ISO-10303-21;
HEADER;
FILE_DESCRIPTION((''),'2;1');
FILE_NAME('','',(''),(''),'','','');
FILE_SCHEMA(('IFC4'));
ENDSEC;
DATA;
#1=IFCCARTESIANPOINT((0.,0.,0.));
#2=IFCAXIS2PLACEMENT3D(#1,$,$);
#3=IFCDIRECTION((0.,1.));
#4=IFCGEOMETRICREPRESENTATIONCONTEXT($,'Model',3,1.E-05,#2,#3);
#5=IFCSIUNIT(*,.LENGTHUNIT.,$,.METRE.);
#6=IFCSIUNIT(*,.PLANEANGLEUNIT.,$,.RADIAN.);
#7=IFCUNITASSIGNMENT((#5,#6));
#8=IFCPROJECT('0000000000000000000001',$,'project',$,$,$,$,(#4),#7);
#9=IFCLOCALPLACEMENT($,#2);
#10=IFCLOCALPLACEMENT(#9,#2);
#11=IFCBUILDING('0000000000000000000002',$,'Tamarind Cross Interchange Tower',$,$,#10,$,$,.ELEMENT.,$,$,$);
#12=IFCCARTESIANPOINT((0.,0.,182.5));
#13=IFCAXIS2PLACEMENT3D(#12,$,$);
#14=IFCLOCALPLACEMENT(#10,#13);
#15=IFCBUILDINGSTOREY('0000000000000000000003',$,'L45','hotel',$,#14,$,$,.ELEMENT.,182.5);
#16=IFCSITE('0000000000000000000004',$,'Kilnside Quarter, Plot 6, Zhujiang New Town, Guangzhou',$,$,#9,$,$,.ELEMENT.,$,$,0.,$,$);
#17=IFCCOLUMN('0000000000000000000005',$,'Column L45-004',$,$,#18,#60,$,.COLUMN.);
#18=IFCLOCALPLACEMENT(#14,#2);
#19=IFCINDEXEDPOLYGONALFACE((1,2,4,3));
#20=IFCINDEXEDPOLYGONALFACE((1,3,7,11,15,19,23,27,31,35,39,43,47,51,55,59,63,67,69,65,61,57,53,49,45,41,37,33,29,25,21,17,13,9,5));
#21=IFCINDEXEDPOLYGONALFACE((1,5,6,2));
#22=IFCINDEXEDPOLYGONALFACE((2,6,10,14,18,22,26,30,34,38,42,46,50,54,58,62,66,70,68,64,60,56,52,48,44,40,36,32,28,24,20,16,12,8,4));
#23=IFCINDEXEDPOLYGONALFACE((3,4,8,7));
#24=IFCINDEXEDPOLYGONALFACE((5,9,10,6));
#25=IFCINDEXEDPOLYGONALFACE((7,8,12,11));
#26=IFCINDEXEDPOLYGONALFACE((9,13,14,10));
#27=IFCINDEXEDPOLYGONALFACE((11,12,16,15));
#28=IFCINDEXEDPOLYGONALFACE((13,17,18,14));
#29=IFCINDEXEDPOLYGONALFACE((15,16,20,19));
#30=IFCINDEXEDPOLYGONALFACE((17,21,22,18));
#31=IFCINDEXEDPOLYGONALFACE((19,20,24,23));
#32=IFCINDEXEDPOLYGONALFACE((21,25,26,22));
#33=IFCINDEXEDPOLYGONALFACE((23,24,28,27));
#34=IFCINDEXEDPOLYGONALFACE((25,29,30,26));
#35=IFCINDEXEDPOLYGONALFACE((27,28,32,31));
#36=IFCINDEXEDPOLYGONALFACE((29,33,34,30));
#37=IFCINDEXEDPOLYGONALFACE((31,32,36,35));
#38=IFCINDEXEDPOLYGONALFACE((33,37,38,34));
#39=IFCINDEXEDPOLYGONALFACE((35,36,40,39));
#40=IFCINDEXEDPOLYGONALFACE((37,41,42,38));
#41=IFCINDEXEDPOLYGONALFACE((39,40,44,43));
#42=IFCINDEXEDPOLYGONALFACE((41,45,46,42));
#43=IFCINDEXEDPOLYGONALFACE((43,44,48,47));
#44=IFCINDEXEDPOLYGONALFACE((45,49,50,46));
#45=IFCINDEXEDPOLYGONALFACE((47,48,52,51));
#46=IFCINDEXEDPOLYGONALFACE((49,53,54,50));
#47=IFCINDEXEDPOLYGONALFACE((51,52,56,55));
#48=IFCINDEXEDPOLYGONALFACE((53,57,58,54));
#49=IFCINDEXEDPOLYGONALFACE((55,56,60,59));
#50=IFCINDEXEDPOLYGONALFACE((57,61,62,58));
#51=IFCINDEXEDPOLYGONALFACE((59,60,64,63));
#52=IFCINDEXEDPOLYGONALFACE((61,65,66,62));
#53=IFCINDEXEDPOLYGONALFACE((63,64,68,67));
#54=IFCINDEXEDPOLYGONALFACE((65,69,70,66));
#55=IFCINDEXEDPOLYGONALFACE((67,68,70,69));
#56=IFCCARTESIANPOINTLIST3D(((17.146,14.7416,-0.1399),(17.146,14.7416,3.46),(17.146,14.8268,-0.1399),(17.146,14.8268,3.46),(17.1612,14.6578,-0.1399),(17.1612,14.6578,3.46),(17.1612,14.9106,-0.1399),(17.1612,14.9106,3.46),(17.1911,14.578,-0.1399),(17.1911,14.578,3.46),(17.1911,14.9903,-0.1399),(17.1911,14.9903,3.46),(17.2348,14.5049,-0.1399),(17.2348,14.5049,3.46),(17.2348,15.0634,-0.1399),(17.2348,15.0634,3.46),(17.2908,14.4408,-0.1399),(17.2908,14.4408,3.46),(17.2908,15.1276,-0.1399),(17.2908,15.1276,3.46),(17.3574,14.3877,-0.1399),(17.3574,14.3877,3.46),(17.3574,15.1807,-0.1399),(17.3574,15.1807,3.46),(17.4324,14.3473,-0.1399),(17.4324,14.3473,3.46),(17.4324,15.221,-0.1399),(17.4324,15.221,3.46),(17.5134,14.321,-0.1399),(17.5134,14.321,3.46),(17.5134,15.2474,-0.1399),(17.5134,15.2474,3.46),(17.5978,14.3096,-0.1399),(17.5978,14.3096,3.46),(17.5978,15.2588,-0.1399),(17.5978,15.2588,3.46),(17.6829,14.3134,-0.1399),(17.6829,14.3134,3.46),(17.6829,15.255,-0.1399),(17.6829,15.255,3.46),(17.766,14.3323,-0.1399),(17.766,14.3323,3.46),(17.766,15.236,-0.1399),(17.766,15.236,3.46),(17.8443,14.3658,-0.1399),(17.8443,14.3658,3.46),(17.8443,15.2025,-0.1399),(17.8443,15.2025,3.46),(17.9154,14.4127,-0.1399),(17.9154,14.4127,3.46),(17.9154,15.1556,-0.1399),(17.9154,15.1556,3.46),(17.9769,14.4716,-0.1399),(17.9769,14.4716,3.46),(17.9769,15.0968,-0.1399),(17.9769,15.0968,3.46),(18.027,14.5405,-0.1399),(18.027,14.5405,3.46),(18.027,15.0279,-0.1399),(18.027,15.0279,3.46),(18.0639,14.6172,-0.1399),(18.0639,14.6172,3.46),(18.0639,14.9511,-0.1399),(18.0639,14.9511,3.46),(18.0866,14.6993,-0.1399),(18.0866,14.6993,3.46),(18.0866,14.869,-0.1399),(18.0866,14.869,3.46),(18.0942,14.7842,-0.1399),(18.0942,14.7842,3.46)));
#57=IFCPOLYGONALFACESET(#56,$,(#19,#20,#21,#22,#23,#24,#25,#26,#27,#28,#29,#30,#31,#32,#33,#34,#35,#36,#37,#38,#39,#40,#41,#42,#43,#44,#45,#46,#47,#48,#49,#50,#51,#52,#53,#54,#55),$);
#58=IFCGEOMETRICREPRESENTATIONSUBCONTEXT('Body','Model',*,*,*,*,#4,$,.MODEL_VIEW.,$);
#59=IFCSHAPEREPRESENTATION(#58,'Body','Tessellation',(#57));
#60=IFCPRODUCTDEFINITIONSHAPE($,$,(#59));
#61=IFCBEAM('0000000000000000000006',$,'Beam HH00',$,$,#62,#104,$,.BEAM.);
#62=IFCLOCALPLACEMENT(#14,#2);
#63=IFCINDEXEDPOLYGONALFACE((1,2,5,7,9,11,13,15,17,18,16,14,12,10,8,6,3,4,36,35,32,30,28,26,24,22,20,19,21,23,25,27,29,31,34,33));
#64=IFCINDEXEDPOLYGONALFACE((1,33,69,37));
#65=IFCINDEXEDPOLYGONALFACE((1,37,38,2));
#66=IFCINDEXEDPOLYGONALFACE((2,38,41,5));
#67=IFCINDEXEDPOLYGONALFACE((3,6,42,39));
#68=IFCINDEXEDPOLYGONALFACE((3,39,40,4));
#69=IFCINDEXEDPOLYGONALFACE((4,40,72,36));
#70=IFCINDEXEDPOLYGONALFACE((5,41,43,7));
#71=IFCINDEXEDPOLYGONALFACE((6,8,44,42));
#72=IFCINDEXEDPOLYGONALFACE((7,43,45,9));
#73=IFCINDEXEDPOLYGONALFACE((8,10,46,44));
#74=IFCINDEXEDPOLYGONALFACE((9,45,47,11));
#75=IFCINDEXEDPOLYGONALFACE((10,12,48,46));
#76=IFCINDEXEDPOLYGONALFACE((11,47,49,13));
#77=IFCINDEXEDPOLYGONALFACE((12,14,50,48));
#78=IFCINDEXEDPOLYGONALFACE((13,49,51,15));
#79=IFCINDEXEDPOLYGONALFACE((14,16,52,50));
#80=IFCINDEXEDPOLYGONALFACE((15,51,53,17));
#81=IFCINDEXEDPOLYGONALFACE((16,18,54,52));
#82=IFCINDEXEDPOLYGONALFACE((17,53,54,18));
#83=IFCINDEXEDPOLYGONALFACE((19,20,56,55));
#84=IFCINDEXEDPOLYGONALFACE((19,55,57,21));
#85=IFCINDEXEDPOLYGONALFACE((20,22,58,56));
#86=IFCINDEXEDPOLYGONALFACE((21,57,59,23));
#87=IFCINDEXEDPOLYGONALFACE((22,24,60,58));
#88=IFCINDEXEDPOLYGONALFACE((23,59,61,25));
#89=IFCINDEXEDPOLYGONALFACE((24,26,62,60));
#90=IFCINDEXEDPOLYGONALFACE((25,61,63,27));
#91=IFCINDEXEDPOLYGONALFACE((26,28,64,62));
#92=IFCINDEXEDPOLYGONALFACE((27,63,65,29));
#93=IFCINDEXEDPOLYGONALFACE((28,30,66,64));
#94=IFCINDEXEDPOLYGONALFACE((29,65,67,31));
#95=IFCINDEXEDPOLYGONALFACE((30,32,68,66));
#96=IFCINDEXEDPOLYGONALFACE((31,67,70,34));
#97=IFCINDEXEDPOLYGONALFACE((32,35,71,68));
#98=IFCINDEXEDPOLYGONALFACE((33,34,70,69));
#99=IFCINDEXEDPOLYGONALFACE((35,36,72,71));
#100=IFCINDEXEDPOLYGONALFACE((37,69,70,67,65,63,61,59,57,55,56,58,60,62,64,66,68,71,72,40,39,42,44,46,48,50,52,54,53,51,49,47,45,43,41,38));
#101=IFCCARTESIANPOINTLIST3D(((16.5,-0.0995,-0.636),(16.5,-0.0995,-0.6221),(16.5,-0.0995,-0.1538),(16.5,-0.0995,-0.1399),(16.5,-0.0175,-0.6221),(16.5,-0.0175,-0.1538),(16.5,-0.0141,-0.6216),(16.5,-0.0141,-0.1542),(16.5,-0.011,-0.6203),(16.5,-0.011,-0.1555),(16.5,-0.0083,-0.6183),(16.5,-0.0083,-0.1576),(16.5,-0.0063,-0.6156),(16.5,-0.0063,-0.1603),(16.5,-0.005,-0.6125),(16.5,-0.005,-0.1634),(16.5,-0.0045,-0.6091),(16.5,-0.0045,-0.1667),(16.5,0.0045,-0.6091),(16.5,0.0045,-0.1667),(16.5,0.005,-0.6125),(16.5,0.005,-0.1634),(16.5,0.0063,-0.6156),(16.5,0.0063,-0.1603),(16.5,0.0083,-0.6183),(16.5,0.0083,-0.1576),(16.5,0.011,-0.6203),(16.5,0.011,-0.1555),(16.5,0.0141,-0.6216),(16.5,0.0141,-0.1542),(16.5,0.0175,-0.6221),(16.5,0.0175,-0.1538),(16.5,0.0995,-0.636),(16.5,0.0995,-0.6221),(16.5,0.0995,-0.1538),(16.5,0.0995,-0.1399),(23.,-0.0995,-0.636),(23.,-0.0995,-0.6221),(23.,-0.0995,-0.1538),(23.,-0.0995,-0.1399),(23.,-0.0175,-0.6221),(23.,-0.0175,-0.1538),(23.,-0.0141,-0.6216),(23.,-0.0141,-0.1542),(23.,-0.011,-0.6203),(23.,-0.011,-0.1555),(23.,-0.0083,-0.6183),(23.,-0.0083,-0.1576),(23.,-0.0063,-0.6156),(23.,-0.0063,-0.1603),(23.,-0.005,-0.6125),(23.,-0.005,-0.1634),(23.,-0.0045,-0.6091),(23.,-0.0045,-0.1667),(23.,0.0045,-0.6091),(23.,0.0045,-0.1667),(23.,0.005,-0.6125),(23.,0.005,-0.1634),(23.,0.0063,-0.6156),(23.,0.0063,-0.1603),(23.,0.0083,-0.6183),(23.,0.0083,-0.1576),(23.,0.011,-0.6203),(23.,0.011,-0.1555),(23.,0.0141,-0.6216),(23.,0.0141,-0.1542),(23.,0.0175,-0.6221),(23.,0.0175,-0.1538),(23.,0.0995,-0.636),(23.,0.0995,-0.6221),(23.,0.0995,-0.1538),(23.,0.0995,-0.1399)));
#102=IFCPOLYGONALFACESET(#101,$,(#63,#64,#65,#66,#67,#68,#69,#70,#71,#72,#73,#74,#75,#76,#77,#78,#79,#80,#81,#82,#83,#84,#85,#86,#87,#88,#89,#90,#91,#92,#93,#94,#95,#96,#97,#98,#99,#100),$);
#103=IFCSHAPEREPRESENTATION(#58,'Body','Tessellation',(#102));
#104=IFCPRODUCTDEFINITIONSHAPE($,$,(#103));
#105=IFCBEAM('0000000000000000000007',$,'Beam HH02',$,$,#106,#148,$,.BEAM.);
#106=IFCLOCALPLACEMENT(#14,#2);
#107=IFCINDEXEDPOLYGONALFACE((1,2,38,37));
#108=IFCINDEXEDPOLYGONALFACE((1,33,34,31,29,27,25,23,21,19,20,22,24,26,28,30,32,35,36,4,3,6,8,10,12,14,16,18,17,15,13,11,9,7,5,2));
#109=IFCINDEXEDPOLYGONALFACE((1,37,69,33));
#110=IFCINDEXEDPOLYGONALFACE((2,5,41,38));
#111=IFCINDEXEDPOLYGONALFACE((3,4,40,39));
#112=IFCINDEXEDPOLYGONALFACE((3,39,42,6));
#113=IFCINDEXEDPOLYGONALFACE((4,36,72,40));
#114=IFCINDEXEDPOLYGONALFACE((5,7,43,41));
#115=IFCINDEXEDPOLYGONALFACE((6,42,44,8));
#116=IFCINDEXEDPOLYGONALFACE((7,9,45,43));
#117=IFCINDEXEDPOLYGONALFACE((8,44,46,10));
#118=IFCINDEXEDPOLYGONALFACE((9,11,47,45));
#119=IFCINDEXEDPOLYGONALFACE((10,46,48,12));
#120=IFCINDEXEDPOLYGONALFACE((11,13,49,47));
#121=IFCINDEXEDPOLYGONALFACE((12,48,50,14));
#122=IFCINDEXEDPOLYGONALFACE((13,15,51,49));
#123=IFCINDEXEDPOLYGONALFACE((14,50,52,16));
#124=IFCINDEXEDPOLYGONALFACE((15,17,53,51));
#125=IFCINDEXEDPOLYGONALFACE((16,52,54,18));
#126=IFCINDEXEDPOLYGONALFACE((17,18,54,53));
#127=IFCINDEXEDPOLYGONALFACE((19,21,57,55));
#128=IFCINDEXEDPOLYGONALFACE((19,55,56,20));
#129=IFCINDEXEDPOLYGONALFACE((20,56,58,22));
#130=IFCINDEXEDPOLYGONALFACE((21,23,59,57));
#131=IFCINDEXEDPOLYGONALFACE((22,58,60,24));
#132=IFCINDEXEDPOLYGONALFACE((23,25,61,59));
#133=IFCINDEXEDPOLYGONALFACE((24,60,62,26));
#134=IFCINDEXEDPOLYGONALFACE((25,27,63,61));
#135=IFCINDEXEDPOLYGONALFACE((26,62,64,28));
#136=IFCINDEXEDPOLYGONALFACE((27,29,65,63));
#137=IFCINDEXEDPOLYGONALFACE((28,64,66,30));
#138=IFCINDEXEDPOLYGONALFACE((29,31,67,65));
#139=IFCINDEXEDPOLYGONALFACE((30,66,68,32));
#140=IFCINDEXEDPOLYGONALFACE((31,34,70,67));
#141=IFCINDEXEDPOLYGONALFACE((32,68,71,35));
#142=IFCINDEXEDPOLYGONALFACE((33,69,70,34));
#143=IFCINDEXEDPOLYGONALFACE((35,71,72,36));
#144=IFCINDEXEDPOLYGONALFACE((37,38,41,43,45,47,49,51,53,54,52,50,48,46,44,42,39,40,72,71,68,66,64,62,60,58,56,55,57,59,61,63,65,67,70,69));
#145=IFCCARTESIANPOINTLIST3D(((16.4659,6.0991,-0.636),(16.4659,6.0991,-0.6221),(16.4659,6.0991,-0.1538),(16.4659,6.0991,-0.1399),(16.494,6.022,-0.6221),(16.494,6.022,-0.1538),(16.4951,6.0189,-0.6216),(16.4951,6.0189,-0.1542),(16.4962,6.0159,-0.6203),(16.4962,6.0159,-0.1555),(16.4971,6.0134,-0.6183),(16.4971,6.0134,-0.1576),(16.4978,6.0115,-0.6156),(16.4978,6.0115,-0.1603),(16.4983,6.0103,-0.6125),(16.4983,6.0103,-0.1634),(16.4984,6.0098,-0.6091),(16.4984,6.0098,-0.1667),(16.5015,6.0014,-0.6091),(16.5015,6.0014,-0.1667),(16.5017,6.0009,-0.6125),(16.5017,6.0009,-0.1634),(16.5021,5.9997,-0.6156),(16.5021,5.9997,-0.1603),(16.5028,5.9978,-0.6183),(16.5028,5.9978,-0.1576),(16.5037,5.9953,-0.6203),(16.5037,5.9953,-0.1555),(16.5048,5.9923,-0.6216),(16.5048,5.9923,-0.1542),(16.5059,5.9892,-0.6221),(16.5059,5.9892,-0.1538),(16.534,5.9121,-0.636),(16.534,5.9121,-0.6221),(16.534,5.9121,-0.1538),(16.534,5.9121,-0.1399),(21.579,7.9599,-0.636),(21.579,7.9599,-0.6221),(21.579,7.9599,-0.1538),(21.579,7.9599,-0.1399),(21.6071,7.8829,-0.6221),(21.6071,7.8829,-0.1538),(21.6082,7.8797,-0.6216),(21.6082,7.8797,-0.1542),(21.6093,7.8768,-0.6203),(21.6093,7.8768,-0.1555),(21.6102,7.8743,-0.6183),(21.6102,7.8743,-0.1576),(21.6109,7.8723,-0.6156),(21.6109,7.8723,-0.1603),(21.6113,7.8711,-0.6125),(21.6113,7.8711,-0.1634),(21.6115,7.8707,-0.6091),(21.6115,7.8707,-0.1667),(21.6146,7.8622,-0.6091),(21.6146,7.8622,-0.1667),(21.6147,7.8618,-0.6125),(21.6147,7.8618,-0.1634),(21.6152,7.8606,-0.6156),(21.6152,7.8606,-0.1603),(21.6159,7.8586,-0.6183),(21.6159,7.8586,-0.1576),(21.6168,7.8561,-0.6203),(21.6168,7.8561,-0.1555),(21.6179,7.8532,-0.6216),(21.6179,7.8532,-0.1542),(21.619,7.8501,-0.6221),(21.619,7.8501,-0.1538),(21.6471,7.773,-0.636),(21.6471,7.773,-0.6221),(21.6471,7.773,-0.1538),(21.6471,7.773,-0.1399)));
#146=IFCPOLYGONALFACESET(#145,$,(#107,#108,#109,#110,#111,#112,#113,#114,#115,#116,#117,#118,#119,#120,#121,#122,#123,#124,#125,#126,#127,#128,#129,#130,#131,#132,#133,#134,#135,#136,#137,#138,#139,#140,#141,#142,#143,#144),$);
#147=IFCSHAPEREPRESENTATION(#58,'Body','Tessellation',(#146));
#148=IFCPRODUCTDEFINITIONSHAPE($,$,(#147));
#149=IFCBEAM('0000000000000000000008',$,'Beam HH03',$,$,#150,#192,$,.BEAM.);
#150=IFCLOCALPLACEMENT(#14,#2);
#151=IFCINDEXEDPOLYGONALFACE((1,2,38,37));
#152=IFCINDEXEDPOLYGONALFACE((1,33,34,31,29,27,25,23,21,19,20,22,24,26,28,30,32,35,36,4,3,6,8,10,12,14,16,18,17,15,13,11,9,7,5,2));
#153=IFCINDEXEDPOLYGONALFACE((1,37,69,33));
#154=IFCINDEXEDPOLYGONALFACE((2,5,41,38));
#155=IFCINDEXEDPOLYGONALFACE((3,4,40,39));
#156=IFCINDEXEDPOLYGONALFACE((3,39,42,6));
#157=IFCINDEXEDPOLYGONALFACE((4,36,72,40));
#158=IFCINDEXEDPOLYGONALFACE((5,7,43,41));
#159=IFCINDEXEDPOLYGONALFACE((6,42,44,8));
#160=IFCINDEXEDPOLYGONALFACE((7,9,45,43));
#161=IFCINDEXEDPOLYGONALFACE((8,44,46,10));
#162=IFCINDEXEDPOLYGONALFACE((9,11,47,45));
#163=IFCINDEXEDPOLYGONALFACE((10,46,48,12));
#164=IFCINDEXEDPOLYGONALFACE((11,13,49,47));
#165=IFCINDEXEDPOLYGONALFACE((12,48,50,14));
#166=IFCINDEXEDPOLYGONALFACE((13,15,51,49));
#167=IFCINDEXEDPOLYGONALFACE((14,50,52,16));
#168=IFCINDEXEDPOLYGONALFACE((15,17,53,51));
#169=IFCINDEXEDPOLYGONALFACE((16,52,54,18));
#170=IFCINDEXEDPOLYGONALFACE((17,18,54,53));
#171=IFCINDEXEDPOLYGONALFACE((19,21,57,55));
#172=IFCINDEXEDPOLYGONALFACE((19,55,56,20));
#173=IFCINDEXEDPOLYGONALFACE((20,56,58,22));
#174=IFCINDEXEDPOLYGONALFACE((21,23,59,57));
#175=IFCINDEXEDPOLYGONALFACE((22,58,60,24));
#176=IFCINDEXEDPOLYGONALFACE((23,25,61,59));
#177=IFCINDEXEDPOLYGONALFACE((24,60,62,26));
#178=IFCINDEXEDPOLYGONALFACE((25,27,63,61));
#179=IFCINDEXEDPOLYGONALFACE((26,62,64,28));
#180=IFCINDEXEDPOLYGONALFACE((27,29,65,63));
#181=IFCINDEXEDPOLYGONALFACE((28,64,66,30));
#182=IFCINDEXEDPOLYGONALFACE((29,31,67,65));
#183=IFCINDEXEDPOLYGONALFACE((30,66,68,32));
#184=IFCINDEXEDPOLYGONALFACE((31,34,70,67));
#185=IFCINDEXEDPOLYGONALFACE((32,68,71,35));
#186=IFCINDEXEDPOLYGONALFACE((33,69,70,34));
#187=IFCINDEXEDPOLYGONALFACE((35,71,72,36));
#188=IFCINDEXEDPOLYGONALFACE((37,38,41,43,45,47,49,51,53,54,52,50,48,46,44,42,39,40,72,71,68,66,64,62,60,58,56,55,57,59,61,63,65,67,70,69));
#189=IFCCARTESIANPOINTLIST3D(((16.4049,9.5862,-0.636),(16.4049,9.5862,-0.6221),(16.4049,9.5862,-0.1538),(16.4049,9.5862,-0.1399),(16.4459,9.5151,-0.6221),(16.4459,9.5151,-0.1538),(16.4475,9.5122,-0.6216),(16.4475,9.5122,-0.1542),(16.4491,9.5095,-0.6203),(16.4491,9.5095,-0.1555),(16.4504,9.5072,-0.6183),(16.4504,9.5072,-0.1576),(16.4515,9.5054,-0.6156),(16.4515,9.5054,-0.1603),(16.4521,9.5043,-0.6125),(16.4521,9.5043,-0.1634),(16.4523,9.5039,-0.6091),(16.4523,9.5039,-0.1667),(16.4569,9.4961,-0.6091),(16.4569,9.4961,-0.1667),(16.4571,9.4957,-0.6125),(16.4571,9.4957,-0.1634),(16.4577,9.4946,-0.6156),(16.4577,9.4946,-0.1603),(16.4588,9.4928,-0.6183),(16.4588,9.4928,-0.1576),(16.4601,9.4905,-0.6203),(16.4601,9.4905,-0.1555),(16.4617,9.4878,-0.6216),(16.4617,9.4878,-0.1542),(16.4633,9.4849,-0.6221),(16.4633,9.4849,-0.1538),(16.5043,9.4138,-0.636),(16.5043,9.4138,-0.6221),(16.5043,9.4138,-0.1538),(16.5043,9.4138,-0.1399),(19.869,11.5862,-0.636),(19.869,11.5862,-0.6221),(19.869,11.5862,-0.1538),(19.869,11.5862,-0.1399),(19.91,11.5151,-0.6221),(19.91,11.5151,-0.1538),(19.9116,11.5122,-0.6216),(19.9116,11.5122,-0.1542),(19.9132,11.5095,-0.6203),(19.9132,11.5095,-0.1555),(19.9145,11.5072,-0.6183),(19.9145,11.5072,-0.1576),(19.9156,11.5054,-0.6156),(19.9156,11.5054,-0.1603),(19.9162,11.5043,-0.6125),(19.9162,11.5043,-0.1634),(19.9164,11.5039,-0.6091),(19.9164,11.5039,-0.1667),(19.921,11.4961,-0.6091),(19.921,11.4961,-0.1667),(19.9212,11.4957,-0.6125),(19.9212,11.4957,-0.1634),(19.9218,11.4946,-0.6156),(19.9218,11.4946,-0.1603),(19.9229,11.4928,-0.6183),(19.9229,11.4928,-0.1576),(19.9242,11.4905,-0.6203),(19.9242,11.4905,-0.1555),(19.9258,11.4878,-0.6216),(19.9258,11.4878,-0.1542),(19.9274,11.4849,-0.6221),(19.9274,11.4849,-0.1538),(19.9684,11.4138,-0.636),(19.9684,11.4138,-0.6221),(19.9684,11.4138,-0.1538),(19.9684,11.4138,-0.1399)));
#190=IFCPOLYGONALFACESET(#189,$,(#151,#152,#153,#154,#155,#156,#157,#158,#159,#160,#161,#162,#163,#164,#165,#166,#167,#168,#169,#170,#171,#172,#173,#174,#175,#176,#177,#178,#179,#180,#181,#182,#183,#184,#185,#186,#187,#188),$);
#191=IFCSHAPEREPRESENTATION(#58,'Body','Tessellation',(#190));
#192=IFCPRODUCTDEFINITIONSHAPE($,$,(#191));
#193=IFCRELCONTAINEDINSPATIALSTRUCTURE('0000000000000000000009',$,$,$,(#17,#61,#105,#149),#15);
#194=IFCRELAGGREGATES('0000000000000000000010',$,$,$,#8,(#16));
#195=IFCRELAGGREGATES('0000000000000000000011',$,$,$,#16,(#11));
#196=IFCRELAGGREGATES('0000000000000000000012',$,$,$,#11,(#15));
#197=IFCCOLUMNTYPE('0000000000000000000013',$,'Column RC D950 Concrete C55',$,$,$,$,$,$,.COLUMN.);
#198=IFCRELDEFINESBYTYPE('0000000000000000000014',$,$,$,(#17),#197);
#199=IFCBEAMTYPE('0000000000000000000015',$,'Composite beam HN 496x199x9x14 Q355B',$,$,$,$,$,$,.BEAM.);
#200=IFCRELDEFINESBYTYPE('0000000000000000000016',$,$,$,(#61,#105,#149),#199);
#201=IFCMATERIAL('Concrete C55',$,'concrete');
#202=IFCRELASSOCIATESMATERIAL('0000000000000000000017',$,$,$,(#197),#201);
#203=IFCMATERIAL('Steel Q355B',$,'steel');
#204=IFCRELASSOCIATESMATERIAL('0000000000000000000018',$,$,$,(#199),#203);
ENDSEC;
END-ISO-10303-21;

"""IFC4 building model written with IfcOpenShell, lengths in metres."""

from ifc_helpers import new_model, si_unit, direction, frame, origin, origin_2d, place, context, subcontext, project, spatial, circle, i_section, extrude, material, material_profile, profile_set, type_object, element, save


model = new_model("IFC4")

# Units and contexts
model_context = context("Model", 3, precision=1e-05, world=origin(), true_north=direction((0.0, 1.0)))
body_context = subcontext(model_context, "Body", "Model", "MODEL_VIEW")
ifc_project = project(units=[si_unit("LENGTHUNIT", "METRE"), si_unit("PLANEANGLEUNIT", "RADIAN")], contexts=[model_context])

# Site, building, storey
site_placement = place(None, origin())
site = spatial("IfcSite", under=ifc_project, at=site_placement, Name="Kilnside Quarter, Plot 6, Zhujiang New Town, Guangzhou", CompositionType="ELEMENT", RefElevation=0.0)
building_placement = place(site_placement, origin())
building = spatial("IfcBuilding", under=site, at=building_placement, Name="Tamarind Cross Interchange Tower", CompositionType="ELEMENT")
storey_placement = place(building_placement, frame((0.0, 0.0, 182.5)))
storey = spatial("IfcBuildingStorey", under=building, at=storey_placement, Name="L45", Description="hotel", CompositionType="ELEMENT", Elevation=182.5)

# Column
ifc_material_1 = material(Name="Concrete C55", Category="concrete")
ifc_material_profile_1 = material_profile(ifc_material_1, circle(Radius=0.4751, at=origin_2d()), Name="RC D950")
ifc_profile_set_1 = profile_set([ifc_material_profile_1], Name="Concrete C55")
column_type = type_object("IfcColumnType", Name="Column RC D950 Concrete C55", PredefinedType="COLUMN", material=ifc_profile_set_1)
for number, where, z_axis, x_axis, name in (
    (1, (17.6191, 14.7842, -0.1399), (0.0, 0.0, 1.0), (1.0, 0.0, 0.0), "Column L45-004"),
):
    element("IfcColumn", number, at=place(storey_placement, frame(where, z_axis=z_axis, x_axis=x_axis)), inside=storey, type_object=column_type, Name=name, PredefinedType="COLUMN", context=body_context, shape_type="SweptSolid", body=[
        extrude(circle(Radius=0.4751, at=origin_2d()), origin(), (0.0, 0.0, 1.0), 3.5999),
    ])

# Beams
ifc_material_2 = material(Name="Steel Q355B", Category="steel")
ifc_material_profile_2 = material_profile(ifc_material_2, i_section(OverallWidth=0.199, OverallDepth=0.4961, WebThickness=0.009, FlangeThickness=0.0139, FilletRadius=0.0129, at=origin_2d()), Name="HN 496x199x9x14")
ifc_profile_set_2 = profile_set([ifc_material_profile_2], Name="Steel Q355B")
beam_type = type_object("IfcBeamType", Name="Composite beam HN 496x199x9x14 Q355B", PredefinedType="BEAM", material=ifc_profile_set_2)
beam_1_placement = place(storey_placement, frame((23.0, 0.0, -0.3879), z_axis=(-1.0, 0.0, 0.0), x_axis=(0.0, -1.0, 0.0)))
element("IfcBeam", 2, at=beam_1_placement, inside=storey, type_object=beam_type, Name="Beam HH00", PredefinedType="BEAM", context=body_context, shape_type="SweptSolid", body=[
    extrude(i_section(OverallWidth=0.199, OverallDepth=0.4961, WebThickness=0.009, FlangeThickness=0.0139, FilletRadius=0.0129, at=origin_2d()), origin(), (0.0, 0.0, 1.0), 6.5),
])
beam_2_placement = place(storey_placement, frame((21.613, 7.8665, -0.3879), z_axis=(-0.939702, -0.341995, 0.0), x_axis=(0.341995, -0.939702, 0.0)))
element("IfcBeam", 3, at=beam_2_placement, inside=storey, type_object=beam_type, Name="Beam HH02", PredefinedType="BEAM", context=body_context, shape_type="SweptSolid", body=[
    extrude(i_section(OverallWidth=0.199, OverallDepth=0.4961, WebThickness=0.009, FlangeThickness=0.0139, FilletRadius=0.0129, at=origin_2d()), origin(), (0.0, 0.0, 1.0), 5.4412),
])
beam_3_placement = place(storey_placement, frame((19.9187, 11.5, -0.3879), z_axis=(-0.866026, -0.499999, 0.0), x_axis=(0.499999, -0.866026, 0.0)))
element("IfcBeam", 4, at=beam_3_placement, inside=storey, type_object=beam_type, Name="Beam HH03", PredefinedType="BEAM", context=body_context, shape_type="SweptSolid", body=[
    extrude(i_section(OverallWidth=0.199, OverallDepth=0.4961, WebThickness=0.009, FlangeThickness=0.0139, FilletRadius=0.0129, at=origin_2d()), origin(), (0.0, 0.0, 1.0), 4.0),
])

save(model, "model.ifc")
